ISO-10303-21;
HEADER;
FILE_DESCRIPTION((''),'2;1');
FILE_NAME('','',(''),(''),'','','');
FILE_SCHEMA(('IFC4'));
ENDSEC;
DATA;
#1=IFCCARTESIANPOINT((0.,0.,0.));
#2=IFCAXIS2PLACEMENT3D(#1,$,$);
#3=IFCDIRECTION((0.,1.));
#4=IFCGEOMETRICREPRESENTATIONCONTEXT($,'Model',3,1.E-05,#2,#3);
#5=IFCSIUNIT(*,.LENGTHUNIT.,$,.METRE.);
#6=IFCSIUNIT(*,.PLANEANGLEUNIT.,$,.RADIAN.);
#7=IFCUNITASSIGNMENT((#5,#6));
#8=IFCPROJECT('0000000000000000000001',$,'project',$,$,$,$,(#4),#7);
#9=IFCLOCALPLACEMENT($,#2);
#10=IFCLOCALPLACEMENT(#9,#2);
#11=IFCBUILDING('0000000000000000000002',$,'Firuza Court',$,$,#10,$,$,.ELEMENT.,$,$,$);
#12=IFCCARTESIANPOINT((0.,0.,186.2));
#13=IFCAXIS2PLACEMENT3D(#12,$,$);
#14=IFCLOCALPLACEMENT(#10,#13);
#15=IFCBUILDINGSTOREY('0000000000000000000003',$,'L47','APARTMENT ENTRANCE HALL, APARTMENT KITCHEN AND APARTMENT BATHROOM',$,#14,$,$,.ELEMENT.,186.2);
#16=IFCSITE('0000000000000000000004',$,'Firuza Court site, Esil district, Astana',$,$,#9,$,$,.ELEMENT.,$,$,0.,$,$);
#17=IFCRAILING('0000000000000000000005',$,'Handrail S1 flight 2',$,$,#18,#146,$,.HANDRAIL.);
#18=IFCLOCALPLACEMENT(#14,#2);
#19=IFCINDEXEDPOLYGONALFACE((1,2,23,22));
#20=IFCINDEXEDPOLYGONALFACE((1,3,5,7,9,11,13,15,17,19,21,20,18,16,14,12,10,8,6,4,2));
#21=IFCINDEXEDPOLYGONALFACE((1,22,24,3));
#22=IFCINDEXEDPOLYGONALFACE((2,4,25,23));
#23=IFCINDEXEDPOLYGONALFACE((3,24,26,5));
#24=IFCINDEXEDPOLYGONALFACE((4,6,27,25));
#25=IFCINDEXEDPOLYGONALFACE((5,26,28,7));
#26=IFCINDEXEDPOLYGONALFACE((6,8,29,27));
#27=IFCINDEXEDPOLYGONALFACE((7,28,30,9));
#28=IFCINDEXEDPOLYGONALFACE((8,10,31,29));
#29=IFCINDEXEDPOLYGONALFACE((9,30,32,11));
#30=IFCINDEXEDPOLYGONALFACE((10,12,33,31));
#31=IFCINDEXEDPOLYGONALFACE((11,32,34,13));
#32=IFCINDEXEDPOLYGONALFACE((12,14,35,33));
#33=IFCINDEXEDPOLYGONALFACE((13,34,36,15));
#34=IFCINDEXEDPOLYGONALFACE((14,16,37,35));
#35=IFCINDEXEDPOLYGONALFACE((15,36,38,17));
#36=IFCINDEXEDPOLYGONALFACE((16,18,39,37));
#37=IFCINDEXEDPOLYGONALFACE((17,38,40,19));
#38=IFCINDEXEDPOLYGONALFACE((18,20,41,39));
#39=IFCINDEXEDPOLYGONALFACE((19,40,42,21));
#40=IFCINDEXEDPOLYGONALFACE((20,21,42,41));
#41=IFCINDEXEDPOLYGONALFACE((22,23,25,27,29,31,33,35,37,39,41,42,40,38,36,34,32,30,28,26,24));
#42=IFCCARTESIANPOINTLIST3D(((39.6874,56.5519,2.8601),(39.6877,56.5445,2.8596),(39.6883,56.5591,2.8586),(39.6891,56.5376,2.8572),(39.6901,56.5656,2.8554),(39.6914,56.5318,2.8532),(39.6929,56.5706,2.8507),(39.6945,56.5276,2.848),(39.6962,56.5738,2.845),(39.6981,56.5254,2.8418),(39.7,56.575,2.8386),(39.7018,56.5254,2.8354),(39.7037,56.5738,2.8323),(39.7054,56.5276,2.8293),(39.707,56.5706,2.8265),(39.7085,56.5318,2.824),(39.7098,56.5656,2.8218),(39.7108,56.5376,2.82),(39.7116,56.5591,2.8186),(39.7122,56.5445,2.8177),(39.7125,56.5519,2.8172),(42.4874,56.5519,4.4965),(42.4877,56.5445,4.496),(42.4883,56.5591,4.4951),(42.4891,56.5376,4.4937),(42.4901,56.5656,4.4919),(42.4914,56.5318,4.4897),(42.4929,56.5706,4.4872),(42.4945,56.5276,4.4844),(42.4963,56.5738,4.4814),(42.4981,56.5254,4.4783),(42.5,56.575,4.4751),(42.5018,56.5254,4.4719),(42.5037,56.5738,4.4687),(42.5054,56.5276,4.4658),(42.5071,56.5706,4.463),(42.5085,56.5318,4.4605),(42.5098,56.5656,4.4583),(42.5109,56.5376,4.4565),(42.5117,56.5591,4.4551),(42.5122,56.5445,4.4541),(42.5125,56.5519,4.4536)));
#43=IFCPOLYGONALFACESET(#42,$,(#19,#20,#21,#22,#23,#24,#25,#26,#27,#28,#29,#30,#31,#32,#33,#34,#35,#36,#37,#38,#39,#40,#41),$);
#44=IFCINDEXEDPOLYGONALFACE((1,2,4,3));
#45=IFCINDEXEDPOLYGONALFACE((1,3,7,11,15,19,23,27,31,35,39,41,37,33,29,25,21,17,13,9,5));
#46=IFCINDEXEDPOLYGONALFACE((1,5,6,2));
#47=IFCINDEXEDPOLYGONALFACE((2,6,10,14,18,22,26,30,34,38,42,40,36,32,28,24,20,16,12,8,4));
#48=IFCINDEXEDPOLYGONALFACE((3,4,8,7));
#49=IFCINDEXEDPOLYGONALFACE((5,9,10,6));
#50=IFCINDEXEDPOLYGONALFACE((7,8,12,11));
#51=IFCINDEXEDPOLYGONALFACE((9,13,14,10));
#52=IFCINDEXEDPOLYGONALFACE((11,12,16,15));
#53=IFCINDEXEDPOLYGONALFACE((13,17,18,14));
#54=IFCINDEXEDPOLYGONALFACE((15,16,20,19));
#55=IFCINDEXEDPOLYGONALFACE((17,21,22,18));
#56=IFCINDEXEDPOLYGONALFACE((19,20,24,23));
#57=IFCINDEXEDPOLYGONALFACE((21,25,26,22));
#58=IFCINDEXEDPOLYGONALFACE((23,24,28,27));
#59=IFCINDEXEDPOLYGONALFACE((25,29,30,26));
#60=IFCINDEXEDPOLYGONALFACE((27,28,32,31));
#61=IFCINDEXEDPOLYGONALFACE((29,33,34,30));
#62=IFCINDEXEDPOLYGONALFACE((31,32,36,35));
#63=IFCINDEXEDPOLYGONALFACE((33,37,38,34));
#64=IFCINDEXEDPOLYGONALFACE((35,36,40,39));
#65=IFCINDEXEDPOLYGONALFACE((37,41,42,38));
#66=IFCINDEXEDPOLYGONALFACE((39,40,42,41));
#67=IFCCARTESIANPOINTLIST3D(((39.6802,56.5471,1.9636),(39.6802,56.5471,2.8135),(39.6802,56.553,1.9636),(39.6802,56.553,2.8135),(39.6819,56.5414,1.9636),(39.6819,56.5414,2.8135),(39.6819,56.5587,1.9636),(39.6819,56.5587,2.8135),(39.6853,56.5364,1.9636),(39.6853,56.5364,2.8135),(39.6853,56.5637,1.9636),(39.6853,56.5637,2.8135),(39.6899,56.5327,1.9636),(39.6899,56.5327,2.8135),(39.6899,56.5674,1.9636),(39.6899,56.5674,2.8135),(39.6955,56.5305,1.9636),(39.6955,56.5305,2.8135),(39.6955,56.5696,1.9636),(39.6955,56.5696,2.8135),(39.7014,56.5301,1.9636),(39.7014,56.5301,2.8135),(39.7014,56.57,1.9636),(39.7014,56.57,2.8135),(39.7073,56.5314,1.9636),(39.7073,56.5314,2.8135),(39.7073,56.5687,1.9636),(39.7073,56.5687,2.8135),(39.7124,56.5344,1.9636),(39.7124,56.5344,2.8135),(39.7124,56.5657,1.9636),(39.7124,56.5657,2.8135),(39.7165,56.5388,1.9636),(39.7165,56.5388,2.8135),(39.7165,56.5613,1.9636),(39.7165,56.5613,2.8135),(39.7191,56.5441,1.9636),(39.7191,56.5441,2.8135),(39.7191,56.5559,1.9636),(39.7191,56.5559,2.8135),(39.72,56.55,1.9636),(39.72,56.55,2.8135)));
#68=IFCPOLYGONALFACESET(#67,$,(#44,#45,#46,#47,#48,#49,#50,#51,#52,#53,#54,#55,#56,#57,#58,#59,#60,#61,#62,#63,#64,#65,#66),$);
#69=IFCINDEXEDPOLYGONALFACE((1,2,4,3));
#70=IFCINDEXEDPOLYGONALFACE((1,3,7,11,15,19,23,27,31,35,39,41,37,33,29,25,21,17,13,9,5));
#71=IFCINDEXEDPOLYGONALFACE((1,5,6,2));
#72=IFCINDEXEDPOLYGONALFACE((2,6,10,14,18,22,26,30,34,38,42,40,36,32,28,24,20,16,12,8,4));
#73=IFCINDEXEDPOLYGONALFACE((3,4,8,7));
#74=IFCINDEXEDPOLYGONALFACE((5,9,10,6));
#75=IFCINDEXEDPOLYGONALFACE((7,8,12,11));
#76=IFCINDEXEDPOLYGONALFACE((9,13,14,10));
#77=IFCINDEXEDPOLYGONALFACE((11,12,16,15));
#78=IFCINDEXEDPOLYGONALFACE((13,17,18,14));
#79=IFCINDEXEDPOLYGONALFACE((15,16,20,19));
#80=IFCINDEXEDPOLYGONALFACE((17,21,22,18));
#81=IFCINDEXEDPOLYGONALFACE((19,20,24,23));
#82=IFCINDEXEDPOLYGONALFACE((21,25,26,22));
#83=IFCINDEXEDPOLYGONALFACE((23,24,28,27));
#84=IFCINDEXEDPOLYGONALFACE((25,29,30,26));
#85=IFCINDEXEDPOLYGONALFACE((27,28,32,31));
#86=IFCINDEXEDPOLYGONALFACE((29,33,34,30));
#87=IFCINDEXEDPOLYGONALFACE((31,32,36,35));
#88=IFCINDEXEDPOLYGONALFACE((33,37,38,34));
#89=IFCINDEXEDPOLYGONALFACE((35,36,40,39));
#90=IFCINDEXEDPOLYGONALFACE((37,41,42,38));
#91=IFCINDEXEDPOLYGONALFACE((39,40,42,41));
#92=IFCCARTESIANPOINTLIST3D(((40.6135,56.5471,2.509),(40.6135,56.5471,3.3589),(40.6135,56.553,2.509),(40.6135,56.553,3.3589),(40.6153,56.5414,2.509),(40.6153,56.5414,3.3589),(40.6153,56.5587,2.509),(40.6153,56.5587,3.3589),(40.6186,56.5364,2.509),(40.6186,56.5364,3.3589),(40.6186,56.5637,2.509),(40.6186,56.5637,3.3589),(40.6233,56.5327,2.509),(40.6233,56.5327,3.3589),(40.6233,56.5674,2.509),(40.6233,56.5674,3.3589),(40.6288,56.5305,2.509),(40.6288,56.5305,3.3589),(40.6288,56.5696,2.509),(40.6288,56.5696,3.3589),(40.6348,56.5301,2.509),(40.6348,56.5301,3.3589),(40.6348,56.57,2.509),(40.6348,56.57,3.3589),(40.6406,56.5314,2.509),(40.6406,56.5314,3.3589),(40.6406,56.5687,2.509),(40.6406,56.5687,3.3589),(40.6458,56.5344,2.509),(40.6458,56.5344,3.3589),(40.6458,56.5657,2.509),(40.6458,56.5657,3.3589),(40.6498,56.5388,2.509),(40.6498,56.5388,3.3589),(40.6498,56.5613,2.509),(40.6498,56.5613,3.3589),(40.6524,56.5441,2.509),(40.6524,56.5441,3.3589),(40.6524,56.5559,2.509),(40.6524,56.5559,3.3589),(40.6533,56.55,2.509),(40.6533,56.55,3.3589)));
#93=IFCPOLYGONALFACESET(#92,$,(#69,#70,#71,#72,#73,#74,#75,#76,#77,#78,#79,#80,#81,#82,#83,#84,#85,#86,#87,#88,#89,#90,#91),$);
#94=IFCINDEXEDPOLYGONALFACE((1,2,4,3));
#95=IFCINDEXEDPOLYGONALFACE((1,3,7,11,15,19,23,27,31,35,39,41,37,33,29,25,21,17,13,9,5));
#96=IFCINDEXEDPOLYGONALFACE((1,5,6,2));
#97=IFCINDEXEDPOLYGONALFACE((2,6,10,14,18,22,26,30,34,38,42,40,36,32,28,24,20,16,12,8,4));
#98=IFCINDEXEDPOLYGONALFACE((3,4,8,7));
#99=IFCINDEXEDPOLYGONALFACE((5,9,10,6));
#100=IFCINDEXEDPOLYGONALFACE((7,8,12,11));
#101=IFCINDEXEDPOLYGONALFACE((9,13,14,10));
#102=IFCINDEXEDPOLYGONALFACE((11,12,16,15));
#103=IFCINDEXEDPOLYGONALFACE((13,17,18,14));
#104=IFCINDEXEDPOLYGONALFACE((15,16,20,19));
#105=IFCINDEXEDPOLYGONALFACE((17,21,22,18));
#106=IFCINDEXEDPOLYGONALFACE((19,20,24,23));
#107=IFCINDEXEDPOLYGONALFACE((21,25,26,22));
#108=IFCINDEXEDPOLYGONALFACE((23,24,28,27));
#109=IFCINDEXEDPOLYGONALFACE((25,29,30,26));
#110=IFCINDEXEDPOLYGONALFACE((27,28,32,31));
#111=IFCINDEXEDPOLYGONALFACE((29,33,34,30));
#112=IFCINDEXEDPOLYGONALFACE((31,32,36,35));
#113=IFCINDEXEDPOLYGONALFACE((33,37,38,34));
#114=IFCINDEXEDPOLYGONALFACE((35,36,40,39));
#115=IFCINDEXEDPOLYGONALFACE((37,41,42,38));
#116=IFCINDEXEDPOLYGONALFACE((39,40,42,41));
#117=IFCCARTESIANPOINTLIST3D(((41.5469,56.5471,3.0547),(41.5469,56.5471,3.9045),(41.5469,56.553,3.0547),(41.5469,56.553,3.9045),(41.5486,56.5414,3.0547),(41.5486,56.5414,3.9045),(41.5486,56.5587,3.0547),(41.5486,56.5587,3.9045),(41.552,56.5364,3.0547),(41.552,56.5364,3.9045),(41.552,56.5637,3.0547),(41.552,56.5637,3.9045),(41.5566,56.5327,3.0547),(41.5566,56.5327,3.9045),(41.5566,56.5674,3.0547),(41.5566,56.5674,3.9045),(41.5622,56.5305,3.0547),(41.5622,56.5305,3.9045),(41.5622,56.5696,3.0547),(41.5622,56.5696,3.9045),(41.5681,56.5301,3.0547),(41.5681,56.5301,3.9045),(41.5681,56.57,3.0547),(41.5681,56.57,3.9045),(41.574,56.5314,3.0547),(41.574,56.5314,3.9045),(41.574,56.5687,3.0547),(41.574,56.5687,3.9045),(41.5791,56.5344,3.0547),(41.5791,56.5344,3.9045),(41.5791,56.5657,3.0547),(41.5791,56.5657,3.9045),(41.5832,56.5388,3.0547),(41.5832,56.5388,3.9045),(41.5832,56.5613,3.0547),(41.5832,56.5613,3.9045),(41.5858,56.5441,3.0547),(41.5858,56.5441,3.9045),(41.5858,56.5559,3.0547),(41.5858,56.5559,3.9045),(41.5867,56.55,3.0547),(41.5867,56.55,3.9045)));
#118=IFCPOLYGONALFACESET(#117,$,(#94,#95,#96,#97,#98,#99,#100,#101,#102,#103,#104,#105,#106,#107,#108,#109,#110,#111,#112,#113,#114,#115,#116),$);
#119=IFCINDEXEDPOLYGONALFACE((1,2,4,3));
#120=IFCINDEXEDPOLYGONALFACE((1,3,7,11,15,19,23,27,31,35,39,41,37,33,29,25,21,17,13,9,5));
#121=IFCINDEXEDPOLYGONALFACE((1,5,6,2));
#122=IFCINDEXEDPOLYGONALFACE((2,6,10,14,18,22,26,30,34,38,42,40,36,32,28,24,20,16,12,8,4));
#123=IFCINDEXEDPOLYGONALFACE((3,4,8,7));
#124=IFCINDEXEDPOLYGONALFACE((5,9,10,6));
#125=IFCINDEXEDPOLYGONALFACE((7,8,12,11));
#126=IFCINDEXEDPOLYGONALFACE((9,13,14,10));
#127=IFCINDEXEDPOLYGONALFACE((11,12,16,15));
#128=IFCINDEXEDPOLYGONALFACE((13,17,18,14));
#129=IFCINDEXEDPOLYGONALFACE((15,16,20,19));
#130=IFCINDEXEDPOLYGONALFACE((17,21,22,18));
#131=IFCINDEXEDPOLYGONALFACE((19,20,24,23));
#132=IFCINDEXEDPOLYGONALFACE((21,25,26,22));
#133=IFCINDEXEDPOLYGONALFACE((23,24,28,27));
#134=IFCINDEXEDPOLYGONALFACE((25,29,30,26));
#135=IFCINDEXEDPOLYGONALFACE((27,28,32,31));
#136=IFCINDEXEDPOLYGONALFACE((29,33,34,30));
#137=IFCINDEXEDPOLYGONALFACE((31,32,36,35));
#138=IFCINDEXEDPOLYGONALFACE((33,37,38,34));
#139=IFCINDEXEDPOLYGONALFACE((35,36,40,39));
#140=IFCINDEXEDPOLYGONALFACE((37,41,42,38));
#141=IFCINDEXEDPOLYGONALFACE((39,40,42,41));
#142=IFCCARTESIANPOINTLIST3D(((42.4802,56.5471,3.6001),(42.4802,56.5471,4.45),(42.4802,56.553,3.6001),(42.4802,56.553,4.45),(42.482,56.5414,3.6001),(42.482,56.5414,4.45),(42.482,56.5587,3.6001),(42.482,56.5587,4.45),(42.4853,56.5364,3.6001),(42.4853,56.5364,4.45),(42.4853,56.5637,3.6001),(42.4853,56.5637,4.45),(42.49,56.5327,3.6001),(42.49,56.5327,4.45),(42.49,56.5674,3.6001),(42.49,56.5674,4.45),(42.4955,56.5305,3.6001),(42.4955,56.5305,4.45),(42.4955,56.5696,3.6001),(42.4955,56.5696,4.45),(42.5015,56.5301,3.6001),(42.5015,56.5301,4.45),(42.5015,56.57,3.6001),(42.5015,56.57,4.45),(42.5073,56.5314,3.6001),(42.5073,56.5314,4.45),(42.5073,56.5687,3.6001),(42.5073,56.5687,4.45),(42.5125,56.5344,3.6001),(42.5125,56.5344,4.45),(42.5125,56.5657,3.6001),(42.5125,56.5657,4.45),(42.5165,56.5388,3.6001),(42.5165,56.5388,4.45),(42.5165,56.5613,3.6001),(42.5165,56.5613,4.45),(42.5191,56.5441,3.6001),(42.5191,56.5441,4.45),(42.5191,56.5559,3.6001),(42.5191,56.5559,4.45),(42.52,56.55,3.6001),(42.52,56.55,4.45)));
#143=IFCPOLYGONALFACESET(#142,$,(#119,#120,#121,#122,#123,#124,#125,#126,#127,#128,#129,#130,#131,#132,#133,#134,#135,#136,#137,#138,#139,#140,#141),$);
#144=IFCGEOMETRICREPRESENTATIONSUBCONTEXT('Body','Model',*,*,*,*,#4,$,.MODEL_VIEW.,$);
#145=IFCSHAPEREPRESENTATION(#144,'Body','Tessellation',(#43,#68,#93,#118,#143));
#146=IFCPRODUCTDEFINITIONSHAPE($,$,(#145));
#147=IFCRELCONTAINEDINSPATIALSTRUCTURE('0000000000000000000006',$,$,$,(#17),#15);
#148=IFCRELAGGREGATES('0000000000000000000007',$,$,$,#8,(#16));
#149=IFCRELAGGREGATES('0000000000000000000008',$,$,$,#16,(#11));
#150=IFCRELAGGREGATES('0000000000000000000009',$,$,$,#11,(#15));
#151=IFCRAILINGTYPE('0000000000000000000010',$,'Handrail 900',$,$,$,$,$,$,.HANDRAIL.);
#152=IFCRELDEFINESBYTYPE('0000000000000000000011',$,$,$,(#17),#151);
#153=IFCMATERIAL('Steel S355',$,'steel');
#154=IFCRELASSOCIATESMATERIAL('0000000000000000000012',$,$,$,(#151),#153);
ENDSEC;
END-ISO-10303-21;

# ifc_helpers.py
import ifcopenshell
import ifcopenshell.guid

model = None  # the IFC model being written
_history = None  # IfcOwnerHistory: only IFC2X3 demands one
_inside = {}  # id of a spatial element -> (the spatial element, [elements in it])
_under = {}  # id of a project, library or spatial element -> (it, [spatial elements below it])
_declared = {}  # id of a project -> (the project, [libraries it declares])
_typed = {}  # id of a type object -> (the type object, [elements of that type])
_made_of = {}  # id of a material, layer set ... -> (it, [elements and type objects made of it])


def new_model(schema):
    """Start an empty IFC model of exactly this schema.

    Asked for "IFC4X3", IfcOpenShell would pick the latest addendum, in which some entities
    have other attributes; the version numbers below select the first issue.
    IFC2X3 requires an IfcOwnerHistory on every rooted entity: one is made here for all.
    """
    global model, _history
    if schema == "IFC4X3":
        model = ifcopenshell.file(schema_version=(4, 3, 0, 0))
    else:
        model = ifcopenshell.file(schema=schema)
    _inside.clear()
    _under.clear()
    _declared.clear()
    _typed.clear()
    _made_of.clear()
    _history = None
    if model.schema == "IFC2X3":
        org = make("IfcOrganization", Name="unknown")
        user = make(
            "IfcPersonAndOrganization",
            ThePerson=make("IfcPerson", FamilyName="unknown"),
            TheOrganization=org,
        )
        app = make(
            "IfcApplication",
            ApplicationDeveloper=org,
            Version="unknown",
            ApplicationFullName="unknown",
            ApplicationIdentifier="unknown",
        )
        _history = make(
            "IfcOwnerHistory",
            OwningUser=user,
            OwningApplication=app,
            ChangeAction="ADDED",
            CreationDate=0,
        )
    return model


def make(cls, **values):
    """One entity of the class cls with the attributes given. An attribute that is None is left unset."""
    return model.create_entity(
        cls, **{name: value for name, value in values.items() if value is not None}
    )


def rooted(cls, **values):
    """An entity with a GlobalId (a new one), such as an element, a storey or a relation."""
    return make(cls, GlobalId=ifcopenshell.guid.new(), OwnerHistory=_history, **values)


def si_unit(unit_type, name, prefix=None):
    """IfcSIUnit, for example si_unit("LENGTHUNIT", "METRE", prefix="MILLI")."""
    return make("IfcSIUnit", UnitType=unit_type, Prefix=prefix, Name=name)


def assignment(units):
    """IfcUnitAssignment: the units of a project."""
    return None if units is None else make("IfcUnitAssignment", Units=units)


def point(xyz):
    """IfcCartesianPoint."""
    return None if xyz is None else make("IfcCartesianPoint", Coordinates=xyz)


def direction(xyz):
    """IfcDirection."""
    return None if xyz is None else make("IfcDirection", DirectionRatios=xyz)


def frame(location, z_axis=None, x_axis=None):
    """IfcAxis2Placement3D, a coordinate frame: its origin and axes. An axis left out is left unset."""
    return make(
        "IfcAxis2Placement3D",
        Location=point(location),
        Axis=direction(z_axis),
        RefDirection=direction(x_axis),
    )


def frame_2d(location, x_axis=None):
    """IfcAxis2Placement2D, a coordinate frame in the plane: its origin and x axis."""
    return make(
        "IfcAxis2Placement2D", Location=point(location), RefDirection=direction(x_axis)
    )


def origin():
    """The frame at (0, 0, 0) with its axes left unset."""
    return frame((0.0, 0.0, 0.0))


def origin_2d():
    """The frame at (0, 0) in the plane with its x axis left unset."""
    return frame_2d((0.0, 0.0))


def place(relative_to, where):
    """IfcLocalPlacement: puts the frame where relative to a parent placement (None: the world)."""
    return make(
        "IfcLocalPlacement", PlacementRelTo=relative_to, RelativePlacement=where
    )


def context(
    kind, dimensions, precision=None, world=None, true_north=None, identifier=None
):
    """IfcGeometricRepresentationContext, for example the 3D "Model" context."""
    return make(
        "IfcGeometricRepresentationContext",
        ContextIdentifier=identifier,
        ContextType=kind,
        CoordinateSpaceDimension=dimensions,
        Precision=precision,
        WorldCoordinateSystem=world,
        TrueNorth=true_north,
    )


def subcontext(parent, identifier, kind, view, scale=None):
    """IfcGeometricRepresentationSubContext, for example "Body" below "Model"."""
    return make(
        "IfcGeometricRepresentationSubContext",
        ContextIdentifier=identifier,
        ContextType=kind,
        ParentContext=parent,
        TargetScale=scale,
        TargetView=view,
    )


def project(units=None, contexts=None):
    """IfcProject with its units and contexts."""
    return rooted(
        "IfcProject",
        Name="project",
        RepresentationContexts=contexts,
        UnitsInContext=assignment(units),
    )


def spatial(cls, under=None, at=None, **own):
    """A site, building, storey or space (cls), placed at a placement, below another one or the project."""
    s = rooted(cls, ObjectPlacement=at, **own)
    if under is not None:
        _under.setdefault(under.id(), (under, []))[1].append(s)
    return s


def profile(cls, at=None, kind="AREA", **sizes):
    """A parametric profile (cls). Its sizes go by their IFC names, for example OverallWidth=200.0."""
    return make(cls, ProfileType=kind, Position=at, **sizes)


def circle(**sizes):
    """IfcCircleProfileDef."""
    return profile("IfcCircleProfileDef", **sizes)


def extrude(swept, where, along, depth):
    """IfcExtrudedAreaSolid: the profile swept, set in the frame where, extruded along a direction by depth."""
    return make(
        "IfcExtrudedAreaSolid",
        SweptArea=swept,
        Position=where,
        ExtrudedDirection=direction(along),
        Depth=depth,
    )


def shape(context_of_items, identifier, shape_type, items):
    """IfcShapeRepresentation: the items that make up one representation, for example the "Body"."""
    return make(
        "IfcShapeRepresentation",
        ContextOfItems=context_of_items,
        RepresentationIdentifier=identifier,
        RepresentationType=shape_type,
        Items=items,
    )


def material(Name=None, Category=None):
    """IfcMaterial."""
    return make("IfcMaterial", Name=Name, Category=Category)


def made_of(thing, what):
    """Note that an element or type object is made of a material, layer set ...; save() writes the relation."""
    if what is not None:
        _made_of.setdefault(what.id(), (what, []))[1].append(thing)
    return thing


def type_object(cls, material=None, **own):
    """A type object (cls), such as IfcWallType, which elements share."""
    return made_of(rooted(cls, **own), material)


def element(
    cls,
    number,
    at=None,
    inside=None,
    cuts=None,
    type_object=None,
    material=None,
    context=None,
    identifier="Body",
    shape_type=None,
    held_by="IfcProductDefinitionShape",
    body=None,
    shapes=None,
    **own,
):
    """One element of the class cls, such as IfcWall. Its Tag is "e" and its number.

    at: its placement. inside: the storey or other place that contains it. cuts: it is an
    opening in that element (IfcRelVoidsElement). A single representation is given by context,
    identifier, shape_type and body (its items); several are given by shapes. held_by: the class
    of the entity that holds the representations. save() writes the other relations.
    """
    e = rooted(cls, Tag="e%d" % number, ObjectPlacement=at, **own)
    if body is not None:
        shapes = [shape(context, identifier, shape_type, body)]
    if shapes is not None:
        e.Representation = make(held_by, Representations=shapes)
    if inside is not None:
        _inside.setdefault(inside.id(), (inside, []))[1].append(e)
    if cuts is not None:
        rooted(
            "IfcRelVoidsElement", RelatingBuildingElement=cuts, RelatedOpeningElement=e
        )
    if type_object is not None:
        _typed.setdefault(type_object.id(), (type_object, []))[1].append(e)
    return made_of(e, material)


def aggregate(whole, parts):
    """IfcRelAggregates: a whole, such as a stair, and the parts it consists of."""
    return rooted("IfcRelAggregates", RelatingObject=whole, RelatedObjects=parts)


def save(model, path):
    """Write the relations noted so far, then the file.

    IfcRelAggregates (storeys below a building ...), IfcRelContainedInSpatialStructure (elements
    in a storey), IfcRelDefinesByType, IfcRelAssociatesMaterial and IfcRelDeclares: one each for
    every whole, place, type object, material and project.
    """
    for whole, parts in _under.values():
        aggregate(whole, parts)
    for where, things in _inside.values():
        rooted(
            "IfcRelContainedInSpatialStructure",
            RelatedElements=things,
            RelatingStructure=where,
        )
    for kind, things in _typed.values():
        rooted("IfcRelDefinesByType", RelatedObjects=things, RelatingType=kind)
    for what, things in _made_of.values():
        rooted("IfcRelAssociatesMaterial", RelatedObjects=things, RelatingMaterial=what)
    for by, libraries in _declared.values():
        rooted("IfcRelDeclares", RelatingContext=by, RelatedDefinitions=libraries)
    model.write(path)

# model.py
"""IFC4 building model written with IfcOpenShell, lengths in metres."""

from ifc_helpers import new_model, si_unit, direction, frame, origin, origin_2d, place, context, subcontext, project, spatial, circle, extrude, material, type_object, element, save


model = new_model("IFC4")

# Units and contexts
model_context = context("Model", 3, precision=1e-05, world=origin(), true_north=direction((0.0, 1.0)))
body_context = subcontext(model_context, "Body", "Model", "MODEL_VIEW")
ifc_project = project(units=[si_unit("LENGTHUNIT", "METRE"), si_unit("PLANEANGLEUNIT", "RADIAN")], contexts=[model_context])

# Site, building, storey
site_placement = place(None, origin())
site = spatial("IfcSite", under=ifc_project, at=site_placement, Name="Firuza Court site, Esil district, Astana", CompositionType="ELEMENT", RefElevation=0.0)
building_placement = place(site_placement, origin())
building = spatial("IfcBuilding", under=site, at=building_placement, Name="Firuza Court", CompositionType="ELEMENT")
storey_placement = place(building_placement, frame((0.0, 0.0, 186.2)))
storey = spatial("IfcBuildingStorey", under=building, at=storey_placement, Name="L47", Description="APARTMENT ENTRANCE HALL, APARTMENT KITCHEN AND APARTMENT BATHROOM", CompositionType="ELEMENT", Elevation=186.2)

# Railing
ifc_material_1 = material(Name="Steel S355", Category="steel")
railing_type_1 = type_object("IfcRailingType", Name="Handrail 900", PredefinedType="HANDRAIL", material=ifc_material_1)
railing_1_placement = place(storey_placement, frame((39.7, 56.55, 1.9636)))
element("IfcRailing", 1, at=railing_1_placement, inside=storey, type_object=railing_type_1, Name="Handrail S1 flight 2", PredefinedType="HANDRAIL", context=body_context, shape_type="SweptSolid", body=[
    extrude(circle(Radius=0.0249, at=origin_2d()), frame((0.0, 0.0, 0.875), z_axis=(0.863361, 0.0, 0.504587), x_axis=(0.0, 1.0, 0.0)), (0.0, 0.0, 1.0), 3.2432),
    extrude(circle(Radius=0.02, at=origin_2d()), origin(), (0.0, 0.0, 1.0), 0.8499),
    extrude(circle(Radius=0.02, at=origin_2d()), frame((0.9333, 0.0, 0.5454)), (0.0, 0.0, 1.0), 0.8499),
    extrude(circle(Radius=0.02, at=origin_2d()), frame((1.8667, 0.0, 1.0911)), (0.0, 0.0, 1.0), 0.8499),
    extrude(circle(Radius=0.02, at=origin_2d()), frame((2.8, 0.0, 1.6365)), (0.0, 0.0, 1.0), 0.8499),
])

save(model, "model.ifc")
